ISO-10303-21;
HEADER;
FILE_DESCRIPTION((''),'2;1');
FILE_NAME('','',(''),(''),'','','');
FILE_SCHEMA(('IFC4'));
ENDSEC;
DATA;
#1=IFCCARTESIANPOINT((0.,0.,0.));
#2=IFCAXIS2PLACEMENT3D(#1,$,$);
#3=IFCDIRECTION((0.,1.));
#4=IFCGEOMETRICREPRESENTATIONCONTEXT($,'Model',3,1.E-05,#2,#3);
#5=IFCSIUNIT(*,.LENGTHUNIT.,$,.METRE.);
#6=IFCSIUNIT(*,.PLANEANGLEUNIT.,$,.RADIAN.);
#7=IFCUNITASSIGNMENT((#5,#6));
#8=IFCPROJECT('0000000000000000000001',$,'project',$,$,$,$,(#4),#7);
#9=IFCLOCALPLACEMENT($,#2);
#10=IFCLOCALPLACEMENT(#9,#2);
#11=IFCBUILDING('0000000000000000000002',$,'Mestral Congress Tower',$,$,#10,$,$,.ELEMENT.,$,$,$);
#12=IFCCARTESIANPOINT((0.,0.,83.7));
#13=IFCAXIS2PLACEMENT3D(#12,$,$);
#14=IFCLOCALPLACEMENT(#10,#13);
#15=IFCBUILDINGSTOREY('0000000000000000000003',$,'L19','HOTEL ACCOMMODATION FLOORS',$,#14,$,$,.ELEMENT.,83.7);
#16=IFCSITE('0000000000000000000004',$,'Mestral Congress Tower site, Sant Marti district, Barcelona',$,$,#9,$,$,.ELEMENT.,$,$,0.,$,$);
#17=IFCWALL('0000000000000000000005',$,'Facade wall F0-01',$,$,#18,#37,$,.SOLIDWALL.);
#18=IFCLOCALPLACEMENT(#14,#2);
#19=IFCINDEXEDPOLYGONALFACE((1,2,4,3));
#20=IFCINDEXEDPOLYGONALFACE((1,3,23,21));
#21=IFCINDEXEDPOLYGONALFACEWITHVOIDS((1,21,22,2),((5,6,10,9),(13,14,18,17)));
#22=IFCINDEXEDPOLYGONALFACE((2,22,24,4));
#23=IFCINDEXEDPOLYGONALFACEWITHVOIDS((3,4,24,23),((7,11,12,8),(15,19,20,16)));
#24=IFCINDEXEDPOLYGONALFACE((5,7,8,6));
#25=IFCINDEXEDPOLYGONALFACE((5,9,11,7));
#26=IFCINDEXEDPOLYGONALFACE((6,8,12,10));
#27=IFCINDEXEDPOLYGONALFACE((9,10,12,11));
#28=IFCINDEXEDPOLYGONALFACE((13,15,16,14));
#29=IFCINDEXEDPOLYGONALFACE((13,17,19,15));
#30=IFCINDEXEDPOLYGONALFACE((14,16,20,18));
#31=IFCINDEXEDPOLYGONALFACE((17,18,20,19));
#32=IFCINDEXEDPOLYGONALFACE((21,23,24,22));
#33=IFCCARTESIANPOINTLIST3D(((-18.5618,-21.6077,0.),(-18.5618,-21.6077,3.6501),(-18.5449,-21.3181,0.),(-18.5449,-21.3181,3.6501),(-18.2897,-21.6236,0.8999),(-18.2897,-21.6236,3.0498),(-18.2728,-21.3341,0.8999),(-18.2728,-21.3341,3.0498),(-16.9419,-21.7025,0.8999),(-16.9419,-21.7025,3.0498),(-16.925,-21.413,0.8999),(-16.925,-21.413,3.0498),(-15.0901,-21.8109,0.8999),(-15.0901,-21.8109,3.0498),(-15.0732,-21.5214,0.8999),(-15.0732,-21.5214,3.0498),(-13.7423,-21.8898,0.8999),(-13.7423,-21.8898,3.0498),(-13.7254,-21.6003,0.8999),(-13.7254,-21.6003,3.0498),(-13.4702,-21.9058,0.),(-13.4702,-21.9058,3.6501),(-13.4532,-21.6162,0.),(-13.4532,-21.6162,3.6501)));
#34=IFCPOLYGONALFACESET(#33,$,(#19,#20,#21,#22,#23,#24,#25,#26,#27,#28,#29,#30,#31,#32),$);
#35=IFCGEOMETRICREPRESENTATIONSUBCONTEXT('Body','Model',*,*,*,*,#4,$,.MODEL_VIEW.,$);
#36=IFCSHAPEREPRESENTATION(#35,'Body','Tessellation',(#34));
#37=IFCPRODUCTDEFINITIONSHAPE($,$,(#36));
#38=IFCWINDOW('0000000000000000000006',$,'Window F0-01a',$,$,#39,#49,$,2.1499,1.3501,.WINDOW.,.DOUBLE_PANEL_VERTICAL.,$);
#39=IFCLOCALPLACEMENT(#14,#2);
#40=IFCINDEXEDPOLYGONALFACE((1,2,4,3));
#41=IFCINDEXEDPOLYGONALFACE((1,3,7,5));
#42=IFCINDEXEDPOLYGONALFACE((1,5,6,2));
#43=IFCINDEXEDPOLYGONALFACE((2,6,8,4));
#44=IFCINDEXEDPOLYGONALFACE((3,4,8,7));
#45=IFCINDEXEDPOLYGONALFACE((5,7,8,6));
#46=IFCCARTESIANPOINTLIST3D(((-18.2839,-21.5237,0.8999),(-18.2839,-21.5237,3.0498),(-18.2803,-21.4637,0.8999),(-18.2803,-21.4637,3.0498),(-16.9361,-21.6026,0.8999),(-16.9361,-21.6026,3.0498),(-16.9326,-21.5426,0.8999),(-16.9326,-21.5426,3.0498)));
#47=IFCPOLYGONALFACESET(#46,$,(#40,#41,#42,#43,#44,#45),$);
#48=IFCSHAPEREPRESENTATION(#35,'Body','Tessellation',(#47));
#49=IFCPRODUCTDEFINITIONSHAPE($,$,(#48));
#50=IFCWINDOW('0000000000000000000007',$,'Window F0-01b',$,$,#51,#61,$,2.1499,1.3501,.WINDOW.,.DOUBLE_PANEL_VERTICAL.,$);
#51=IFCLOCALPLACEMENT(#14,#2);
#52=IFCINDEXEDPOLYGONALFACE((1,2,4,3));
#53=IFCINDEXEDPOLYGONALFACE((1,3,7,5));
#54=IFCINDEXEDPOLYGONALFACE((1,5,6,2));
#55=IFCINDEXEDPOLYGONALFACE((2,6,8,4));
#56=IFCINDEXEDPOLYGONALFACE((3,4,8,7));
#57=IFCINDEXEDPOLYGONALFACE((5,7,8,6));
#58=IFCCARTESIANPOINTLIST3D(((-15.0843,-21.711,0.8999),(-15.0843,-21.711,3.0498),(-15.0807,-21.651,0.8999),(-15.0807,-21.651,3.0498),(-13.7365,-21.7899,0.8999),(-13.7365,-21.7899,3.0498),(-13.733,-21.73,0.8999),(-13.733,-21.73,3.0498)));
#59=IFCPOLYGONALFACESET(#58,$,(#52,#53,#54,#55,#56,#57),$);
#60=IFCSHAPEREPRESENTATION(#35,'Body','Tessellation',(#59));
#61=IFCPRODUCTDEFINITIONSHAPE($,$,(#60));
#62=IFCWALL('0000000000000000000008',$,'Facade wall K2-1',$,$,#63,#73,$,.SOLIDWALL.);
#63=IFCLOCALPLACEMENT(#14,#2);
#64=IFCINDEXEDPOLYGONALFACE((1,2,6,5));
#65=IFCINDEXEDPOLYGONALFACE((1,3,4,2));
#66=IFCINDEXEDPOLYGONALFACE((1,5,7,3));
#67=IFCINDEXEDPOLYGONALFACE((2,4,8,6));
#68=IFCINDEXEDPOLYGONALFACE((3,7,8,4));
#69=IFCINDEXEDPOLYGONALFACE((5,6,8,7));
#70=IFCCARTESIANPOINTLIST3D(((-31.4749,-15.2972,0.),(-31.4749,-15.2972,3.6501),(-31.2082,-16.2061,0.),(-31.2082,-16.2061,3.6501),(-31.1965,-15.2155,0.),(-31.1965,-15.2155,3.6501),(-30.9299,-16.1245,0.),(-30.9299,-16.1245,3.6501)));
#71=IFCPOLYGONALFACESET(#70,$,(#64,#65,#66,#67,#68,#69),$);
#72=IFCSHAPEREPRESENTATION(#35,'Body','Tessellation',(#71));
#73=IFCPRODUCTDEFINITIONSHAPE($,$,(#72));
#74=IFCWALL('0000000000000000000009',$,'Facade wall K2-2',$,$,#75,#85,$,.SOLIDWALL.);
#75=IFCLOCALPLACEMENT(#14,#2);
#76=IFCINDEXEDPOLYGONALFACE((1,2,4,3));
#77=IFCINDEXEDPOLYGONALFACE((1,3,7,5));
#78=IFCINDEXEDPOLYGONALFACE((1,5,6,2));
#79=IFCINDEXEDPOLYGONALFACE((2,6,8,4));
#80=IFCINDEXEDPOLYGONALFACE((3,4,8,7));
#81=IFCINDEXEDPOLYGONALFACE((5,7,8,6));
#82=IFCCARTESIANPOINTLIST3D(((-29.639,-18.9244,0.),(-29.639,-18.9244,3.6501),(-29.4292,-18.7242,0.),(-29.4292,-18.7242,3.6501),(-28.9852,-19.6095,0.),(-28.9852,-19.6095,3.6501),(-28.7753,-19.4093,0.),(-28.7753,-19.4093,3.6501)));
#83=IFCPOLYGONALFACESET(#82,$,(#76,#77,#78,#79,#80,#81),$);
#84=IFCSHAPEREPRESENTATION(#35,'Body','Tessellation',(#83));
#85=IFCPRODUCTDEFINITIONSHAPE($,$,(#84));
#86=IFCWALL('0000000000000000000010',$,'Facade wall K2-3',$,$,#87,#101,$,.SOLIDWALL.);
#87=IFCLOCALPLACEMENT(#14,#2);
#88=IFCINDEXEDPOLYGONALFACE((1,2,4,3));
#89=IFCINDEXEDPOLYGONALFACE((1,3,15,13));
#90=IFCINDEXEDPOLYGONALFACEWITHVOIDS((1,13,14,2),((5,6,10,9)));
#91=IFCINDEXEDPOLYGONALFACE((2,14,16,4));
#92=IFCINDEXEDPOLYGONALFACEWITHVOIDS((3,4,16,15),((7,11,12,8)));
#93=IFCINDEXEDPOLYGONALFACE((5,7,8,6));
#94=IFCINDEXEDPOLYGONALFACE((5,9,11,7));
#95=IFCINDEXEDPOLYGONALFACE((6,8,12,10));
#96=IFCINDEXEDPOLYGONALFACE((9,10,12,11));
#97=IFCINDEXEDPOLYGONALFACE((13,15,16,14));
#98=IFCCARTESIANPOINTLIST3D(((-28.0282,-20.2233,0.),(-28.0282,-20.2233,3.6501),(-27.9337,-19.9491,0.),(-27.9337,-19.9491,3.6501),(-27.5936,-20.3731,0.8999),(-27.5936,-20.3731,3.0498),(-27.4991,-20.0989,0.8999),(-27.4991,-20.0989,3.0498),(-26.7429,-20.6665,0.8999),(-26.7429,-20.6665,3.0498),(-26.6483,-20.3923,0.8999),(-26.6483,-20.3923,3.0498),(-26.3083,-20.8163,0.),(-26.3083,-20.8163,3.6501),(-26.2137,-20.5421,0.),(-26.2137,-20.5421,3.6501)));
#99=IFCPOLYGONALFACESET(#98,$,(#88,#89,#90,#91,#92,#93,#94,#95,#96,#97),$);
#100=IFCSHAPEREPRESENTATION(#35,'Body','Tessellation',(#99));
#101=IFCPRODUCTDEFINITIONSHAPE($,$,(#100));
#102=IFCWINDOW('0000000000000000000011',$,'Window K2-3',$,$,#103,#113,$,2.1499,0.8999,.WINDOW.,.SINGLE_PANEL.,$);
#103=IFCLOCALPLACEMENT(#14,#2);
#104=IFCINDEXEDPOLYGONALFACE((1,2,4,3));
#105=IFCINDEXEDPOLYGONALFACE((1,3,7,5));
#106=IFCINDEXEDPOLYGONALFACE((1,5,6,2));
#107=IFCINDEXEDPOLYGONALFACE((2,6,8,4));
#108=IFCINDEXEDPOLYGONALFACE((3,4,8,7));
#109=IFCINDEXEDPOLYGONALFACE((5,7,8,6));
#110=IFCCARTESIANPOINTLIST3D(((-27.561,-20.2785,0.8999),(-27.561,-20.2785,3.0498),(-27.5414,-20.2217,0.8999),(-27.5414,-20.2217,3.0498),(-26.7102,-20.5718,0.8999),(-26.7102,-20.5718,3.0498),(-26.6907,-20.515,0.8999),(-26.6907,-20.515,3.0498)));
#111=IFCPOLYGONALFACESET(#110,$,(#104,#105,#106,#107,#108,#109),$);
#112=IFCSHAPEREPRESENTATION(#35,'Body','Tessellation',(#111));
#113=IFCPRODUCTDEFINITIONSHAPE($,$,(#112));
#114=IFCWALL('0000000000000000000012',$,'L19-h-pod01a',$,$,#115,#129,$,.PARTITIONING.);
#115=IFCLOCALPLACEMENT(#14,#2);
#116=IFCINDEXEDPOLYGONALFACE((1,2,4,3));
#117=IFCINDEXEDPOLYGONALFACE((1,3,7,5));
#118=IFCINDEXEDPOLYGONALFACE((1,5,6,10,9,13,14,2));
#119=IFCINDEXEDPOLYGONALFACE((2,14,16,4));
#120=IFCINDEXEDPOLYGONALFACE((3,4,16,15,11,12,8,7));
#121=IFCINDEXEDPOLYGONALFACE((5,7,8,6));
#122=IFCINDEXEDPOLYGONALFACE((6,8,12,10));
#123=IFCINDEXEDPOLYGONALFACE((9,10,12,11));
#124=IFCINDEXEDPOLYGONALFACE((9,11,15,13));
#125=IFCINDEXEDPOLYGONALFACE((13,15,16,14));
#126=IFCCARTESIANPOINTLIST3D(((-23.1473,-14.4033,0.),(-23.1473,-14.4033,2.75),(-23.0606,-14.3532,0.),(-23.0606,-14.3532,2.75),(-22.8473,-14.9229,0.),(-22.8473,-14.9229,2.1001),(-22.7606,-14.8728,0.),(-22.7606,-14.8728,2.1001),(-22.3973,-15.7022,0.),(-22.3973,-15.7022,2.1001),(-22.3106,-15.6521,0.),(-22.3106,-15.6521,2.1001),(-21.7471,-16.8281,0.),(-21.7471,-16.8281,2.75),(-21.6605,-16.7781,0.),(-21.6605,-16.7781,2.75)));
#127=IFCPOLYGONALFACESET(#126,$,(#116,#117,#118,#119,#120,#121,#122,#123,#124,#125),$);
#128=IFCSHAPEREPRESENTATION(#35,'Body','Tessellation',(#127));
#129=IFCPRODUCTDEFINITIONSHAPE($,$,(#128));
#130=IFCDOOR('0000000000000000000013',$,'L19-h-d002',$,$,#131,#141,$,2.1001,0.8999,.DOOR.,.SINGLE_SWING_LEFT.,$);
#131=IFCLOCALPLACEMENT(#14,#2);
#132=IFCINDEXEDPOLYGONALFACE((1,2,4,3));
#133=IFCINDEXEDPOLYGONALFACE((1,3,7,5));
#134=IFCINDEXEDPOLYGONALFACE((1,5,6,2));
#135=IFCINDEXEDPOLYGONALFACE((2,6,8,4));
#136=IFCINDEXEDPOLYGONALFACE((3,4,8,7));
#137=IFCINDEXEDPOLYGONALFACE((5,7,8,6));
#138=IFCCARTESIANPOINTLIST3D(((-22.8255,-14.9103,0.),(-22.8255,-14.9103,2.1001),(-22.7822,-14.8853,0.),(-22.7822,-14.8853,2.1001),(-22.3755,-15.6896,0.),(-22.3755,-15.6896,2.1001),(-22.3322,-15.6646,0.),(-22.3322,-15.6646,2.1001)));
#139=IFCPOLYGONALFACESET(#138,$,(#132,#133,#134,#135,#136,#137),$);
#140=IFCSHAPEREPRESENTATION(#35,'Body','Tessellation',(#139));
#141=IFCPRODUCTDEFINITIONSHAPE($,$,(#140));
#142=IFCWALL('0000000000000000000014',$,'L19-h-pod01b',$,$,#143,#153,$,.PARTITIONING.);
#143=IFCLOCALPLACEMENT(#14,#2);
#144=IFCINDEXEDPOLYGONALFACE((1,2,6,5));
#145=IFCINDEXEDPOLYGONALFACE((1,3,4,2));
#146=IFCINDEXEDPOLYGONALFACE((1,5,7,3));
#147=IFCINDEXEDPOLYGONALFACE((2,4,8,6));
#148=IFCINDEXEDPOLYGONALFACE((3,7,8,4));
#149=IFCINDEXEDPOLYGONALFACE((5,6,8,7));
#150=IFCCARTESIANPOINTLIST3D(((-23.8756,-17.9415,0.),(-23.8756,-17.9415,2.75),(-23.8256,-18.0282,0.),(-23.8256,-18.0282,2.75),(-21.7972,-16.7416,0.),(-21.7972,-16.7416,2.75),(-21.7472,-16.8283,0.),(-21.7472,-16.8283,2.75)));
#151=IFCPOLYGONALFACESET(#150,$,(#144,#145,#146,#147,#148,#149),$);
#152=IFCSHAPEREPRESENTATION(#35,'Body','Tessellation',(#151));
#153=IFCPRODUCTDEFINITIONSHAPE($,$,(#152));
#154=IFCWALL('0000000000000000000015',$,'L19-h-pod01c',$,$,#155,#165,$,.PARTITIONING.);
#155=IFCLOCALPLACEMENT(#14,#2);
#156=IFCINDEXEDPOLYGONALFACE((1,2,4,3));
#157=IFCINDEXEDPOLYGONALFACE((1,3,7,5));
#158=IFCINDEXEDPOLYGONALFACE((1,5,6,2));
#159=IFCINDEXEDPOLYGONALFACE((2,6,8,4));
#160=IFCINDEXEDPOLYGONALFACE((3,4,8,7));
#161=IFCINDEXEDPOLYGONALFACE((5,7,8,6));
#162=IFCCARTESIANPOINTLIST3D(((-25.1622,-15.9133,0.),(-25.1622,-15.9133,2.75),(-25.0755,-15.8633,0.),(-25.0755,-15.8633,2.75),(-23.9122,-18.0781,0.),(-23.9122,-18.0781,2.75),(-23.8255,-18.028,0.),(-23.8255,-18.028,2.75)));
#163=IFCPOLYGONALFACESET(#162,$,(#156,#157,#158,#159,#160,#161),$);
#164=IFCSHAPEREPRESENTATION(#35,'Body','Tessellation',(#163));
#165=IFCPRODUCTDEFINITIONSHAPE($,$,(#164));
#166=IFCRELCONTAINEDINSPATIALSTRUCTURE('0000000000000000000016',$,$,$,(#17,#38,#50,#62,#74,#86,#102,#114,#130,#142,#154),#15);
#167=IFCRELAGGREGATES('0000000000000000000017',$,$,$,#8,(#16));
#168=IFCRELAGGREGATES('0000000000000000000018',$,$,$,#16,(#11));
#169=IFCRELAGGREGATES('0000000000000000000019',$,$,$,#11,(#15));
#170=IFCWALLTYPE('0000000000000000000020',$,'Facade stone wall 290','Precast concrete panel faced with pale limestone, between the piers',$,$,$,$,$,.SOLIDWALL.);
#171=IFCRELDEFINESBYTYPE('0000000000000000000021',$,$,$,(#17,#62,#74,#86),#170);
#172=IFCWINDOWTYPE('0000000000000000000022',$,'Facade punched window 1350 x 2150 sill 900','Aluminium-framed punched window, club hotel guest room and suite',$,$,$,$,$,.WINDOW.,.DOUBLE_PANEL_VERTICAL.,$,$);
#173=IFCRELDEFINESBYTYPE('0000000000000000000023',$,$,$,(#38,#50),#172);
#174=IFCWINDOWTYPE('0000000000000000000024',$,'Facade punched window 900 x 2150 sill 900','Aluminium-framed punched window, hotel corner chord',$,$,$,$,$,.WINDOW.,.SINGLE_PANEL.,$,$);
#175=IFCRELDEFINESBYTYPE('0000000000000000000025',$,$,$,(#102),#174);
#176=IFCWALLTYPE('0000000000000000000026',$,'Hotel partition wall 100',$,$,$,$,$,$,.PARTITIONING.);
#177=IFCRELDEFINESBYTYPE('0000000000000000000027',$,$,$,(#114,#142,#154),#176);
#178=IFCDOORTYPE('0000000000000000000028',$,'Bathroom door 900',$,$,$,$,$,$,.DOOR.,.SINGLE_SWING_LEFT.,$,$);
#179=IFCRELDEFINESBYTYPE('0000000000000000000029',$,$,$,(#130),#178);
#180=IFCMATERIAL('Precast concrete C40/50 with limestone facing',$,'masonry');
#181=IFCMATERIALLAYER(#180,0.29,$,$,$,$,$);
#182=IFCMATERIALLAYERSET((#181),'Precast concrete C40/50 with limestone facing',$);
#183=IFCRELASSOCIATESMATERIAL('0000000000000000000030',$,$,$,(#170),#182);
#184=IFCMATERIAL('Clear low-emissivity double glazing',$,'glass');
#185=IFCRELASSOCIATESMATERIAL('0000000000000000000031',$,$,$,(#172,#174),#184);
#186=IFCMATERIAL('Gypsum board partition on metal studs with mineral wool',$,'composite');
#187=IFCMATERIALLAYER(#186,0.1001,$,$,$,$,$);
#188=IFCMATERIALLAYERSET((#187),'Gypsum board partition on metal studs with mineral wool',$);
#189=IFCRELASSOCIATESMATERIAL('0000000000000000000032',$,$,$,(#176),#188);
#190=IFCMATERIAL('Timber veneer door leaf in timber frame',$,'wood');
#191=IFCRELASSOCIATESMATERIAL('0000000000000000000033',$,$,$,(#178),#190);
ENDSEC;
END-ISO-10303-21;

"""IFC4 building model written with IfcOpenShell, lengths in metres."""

from ifc_helpers import new_model, si_unit, direction, frame, frame_2d, origin, place, context, subcontext, project, spatial, rectangle, extrude, material, layer, layer_set, type_object, element, fill, save


model = new_model("IFC4")

# Units and contexts
model_context = context("Model", 3, precision=1e-05, world=origin(), true_north=direction((0.0, 1.0)))
body_context = subcontext(model_context, "Body", "Model", "MODEL_VIEW")
ifc_project = project(units=[si_unit("LENGTHUNIT", "METRE"), si_unit("PLANEANGLEUNIT", "RADIAN")], contexts=[model_context])

# Site, building, storey
site_placement = place(None, origin())
site = spatial("IfcSite", under=ifc_project, at=site_placement, Name="Mestral Congress Tower site, Sant Marti district, Barcelona", CompositionType="ELEMENT", RefElevation=0.0)
building_placement = place(site_placement, origin())
building = spatial("IfcBuilding", under=site, at=building_placement, Name="Mestral Congress Tower", CompositionType="ELEMENT")
storey_placement = place(building_placement, frame((0.0, 0.0, 83.7)))
storey = spatial("IfcBuildingStorey", under=building, at=storey_placement, Name="L19", Description="HOTEL ACCOMMODATION FLOORS", CompositionType="ELEMENT", Elevation=83.7)

# Wall, openings, windows
ifc_material_1 = material(Name="Precast concrete C40/50 with limestone facing", Category="masonry")
ifc_layer_1 = layer(ifc_material_1, 0.29)
ifc_layer_set_1 = layer_set([ifc_layer_1], Name="Precast concrete C40/50 with limestone facing")
wall_type_1 = type_object("IfcWallType", Name="Facade stone wall 290", Description="Precast concrete panel faced with pale limestone, between the piers", PredefinedType="SOLIDWALL", material=ifc_layer_set_1)
ifc_material_2 = material(Name="Clear low-emissivity double glazing", Category="glass")
window_type_1 = type_object("IfcWindowType", Name="Facade punched window 1350 x 2150 sill 900", Description="Aluminium-framed punched window, club hotel guest room and suite", PartitioningType="DOUBLE_PANEL_VERTICAL", PredefinedType="WINDOW", material=ifc_material_2)
wall_1_placement = place(storey_placement, frame((-18.5535, -21.4629, 0.0), z_axis=(0.0, 0.0, 1.0), x_axis=(0.998291, -0.058447, 0.0)))
wall_1 = element("IfcWall", 1, at=wall_1_placement, inside=storey, type_object=wall_type_1, Name="Facade wall F0-01", PredefinedType="SOLIDWALL", context=body_context, shape_type="SweptSolid", body=[
    extrude(rectangle(XDim=5.1003, YDim=0.29, at=frame_2d((2.5503, 0.0))), origin(), (0.0, 0.0, 1.0), 3.6501),
])
opening_1_placement = place(wall_1_placement, frame((0.2727, 0.0, 0.8999)))
opening_1 = element("IfcOpeningElement", 2, at=opening_1_placement, cuts=wall_1, PredefinedType="OPENING", context=body_context, shape_type="SweptSolid", body=[
    extrude(rectangle(XDim=1.3501, YDim=2.1499, at=frame_2d((0.675, 1.075))), frame((0.0, 0.155, 0.0), z_axis=(0.0, -1.0, 0.0), x_axis=(1.0, 0.0, 0.0)), (0.0, 0.0, 1.0), 0.3101),
])
opening_2_placement = place(wall_1_placement, frame((3.4778, 0.0, 0.8999)))
opening_2 = element("IfcOpeningElement", 3, at=opening_2_placement, cuts=wall_1, PredefinedType="OPENING", context=body_context, shape_type="SweptSolid", body=[
    extrude(rectangle(XDim=1.3501, YDim=2.1499, at=frame_2d((0.675, 1.075))), frame((0.0, 0.155, 0.0), z_axis=(0.0, -1.0, 0.0), x_axis=(1.0, 0.0, 0.0)), (0.0, 0.0, 1.0), 0.3101),
])
window_1_placement = place(opening_1_placement, origin())
window_1 = element("IfcWindow", 4, at=window_1_placement, inside=storey, type_object=window_type_1, Name="Window F0-01a", OverallHeight=2.1499, OverallWidth=1.3501, PartitioningType="DOUBLE_PANEL_VERTICAL", PredefinedType="WINDOW", context=body_context, shape_type="SweptSolid", body=[
    extrude(rectangle(XDim=1.3501, YDim=2.1499, at=frame_2d((0.675, 1.075))), frame((0.0, 0.0151, 0.0), z_axis=(0.0, -1.0, 0.0), x_axis=(1.0, 0.0, 0.0)), (0.0, 0.0, 1.0), 0.0601),
])
fill(opening_1, window_1)
window_2_placement = place(opening_2_placement, origin())
window_2 = element("IfcWindow", 5, at=window_2_placement, inside=storey, type_object=window_type_1, Name="Window F0-01b", OverallHeight=2.1499, OverallWidth=1.3501, PartitioningType="DOUBLE_PANEL_VERTICAL", PredefinedType="WINDOW", context=body_context, shape_type="SweptSolid", body=[
    extrude(rectangle(XDim=1.3501, YDim=2.1499, at=frame_2d((0.675, 1.075))), frame((0.0, 0.0151, 0.0), z_axis=(0.0, -1.0, 0.0), x_axis=(1.0, 0.0, 0.0)), (0.0, 0.0, 1.0), 0.0601),
])
fill(opening_2, window_2)

# Walls
wall_2_placement = place(storey_placement, frame((-31.3357, -15.2563, 0.0), z_axis=(0.0, 0.0, 1.0), x_axis=(0.281455, -0.959575, 0.0)))
element("IfcWall", 6, at=wall_2_placement, inside=storey, type_object=wall_type_1, Name="Facade wall K2-1", PredefinedType="SOLIDWALL", context=body_context, shape_type="SweptSolid", body=[
    extrude(rectangle(XDim=0.9473, YDim=0.29, at=frame_2d((0.4736, 0.0))), origin(), (0.0, 0.0, 1.0), 3.6501),
])
wall_3_placement = place(storey_placement, frame((-29.5342, -18.8242, 0.0), z_axis=(0.0, 0.0, 1.0), x_axis=(0.690414, -0.723414, 0.0)))
element("IfcWall", 7, at=wall_3_placement, inside=storey, type_object=wall_type_1, Name="Facade wall K2-2", PredefinedType="SOLIDWALL", context=body_context, shape_type="SweptSolid", body=[
    extrude(rectangle(XDim=0.947, YDim=0.29, at=frame_2d((0.4736, 0.0))), origin(), (0.0, 0.0, 1.0), 3.6501),
])

# Wall, opening, window
wall_4_placement = place(storey_placement, frame((-27.981, -20.0862, 0.0), z_axis=(0.0, 0.0, 1.0), x_axis=(0.945386, -0.325953, 0.0)))
wall_4 = element("IfcWall", 8, at=wall_4_placement, inside=storey, type_object=wall_type_1, Name="Facade wall K2-3", PredefinedType="SOLIDWALL", context=body_context, shape_type="SweptSolid", body=[
    extrude(rectangle(XDim=1.8193, YDim=0.29, at=frame_2d((0.9097, 0.0))), origin(), (0.0, 0.0, 1.0), 3.6501),
])
opening_3_placement = place(wall_4_placement, frame((0.4597, 0.0, 0.8999)))
opening_3 = element("IfcOpeningElement", 9, at=opening_3_placement, cuts=wall_4, PredefinedType="OPENING", context=body_context, shape_type="SweptSolid", body=[
    extrude(rectangle(XDim=0.8999, YDim=2.1499, at=frame_2d((0.45, 1.075))), frame((0.0, 0.155, 0.0), z_axis=(0.0, -1.0, 0.0), x_axis=(1.0, 0.0, 0.0)), (0.0, 0.0, 1.0), 0.3101),
])
window_type_2 = type_object("IfcWindowType", Name="Facade punched window 900 x 2150 sill 900", Description="Aluminium-framed punched window, hotel corner chord", PartitioningType="SINGLE_PANEL", PredefinedType="WINDOW", material=ifc_material_2)
window_3_placement = place(opening_3_placement, origin())
window_3 = element("IfcWindow", 10, at=window_3_placement, inside=storey, type_object=window_type_2, Name="Window K2-3", OverallHeight=2.1499, OverallWidth=0.8999, PartitioningType="SINGLE_PANEL", PredefinedType="WINDOW", context=body_context, shape_type="SweptSolid", body=[
    extrude(rectangle(XDim=0.8999, YDim=2.1499, at=frame_2d((0.45, 1.075))), frame((0.0, 0.0151, 0.0), z_axis=(0.0, -1.0, 0.0), x_axis=(1.0, 0.0, 0.0)), (0.0, 0.0, 1.0), 0.0601),
])
fill(opening_3, window_3)

# Wall, opening, door
ifc_material_3 = material(Name="Gypsum board partition on metal studs with mineral wool", Category="composite")
ifc_layer_2 = layer(ifc_material_3, 0.1001)
ifc_layer_set_2 = layer_set([ifc_layer_2], Name="Gypsum board partition on metal studs with mineral wool")
wall_type_2 = type_object("IfcWallType", Name="Hotel partition wall 100", PredefinedType="PARTITIONING", material=ifc_layer_set_2)
wall_5_placement = place(storey_placement, frame((-21.7039, -16.803, 0.0), z_axis=(0.0, 0.0, 1.0), x_axis=(-0.50005, 0.865997, 0.0)))
wall_5 = element("IfcWall", 11, at=wall_5_placement, inside=storey, type_object=wall_type_2, Name="L19-h-pod01a", PredefinedType="PARTITIONING", context=body_context, shape_type="SweptSolid", body=[
    extrude(rectangle(XDim=2.8, YDim=0.1001, at=frame_2d((1.3999, 0.0))), origin(), (0.0, 0.0, 1.0), 2.75),
])
opening_4_placement = place(wall_5_placement, frame((1.3, 0.0, 0.0)))
opening_4 = element("IfcOpeningElement", 12, at=opening_4_placement, cuts=wall_5, PredefinedType="OPENING", context=body_context, shape_type="SweptSolid", body=[
    extrude(rectangle(XDim=0.8999, YDim=2.1001, at=frame_2d((0.45, 1.05))), frame((0.0, 0.0601, 0.0), z_axis=(0.0, -1.0, 0.0), x_axis=(1.0, 0.0, 0.0)), (0.0, 0.0, 1.0), 0.1201),
])
ifc_material_4 = material(Name="Timber veneer door leaf in timber frame", Category="wood")
door_type_1 = type_object("IfcDoorType", Name="Bathroom door 900", OperationType="SINGLE_SWING_LEFT", PredefinedType="DOOR", material=ifc_material_4)
door_1_placement = place(opening_4_placement, origin())
door_1 = element("IfcDoor", 13, at=door_1_placement, inside=storey, type_object=door_type_1, Name="L19-h-d002", OperationType="SINGLE_SWING_LEFT", OverallHeight=2.1001, OverallWidth=0.8999, PredefinedType="DOOR", context=body_context, shape_type="SweptSolid", body=[
    extrude(rectangle(XDim=0.8999, YDim=2.1001, at=frame_2d((0.45, 1.05))), frame((0.0, 0.0249, 0.0), z_axis=(0.0, -1.0, 0.0), x_axis=(1.0, 0.0, 0.0)), (0.0, 0.0, 1.0), 0.05),
])
fill(opening_4, door_1)

# Walls
wall_6_placement = place(storey_placement, frame((-21.7722, -16.7849, 0.0), z_axis=(0.0, 0.0, 1.0), x_axis=(-0.866025, -0.500001, 0.0)))
element("IfcWall", 14, at=wall_6_placement, inside=storey, type_object=wall_type_2, Name="L19-h-pod01b", PredefinedType="PARTITIONING", context=body_context, shape_type="SweptSolid", body=[
    extrude(rectangle(XDim=2.3999, YDim=0.1001, at=frame_2d((1.2, 0.0))), origin(), (0.0, 0.0, 1.0), 2.75),
])
wall_7_placement = place(storey_placement, frame((-25.1189, -15.8882, 0.0), z_axis=(0.0, 0.0, 1.0), x_axis=(0.500047, -0.865999, 0.0)))
element("IfcWall", 15, at=wall_7_placement, inside=storey, type_object=wall_type_2, Name="L19-h-pod01c", PredefinedType="PARTITIONING", context=body_context, shape_type="SweptSolid", body=[
    extrude(rectangle(XDim=2.4998, YDim=0.1001, at=frame_2d((1.25, 0.0))), origin(), (0.0, 0.0, 1.0), 2.75),
])

save(model, "model.ifc")
